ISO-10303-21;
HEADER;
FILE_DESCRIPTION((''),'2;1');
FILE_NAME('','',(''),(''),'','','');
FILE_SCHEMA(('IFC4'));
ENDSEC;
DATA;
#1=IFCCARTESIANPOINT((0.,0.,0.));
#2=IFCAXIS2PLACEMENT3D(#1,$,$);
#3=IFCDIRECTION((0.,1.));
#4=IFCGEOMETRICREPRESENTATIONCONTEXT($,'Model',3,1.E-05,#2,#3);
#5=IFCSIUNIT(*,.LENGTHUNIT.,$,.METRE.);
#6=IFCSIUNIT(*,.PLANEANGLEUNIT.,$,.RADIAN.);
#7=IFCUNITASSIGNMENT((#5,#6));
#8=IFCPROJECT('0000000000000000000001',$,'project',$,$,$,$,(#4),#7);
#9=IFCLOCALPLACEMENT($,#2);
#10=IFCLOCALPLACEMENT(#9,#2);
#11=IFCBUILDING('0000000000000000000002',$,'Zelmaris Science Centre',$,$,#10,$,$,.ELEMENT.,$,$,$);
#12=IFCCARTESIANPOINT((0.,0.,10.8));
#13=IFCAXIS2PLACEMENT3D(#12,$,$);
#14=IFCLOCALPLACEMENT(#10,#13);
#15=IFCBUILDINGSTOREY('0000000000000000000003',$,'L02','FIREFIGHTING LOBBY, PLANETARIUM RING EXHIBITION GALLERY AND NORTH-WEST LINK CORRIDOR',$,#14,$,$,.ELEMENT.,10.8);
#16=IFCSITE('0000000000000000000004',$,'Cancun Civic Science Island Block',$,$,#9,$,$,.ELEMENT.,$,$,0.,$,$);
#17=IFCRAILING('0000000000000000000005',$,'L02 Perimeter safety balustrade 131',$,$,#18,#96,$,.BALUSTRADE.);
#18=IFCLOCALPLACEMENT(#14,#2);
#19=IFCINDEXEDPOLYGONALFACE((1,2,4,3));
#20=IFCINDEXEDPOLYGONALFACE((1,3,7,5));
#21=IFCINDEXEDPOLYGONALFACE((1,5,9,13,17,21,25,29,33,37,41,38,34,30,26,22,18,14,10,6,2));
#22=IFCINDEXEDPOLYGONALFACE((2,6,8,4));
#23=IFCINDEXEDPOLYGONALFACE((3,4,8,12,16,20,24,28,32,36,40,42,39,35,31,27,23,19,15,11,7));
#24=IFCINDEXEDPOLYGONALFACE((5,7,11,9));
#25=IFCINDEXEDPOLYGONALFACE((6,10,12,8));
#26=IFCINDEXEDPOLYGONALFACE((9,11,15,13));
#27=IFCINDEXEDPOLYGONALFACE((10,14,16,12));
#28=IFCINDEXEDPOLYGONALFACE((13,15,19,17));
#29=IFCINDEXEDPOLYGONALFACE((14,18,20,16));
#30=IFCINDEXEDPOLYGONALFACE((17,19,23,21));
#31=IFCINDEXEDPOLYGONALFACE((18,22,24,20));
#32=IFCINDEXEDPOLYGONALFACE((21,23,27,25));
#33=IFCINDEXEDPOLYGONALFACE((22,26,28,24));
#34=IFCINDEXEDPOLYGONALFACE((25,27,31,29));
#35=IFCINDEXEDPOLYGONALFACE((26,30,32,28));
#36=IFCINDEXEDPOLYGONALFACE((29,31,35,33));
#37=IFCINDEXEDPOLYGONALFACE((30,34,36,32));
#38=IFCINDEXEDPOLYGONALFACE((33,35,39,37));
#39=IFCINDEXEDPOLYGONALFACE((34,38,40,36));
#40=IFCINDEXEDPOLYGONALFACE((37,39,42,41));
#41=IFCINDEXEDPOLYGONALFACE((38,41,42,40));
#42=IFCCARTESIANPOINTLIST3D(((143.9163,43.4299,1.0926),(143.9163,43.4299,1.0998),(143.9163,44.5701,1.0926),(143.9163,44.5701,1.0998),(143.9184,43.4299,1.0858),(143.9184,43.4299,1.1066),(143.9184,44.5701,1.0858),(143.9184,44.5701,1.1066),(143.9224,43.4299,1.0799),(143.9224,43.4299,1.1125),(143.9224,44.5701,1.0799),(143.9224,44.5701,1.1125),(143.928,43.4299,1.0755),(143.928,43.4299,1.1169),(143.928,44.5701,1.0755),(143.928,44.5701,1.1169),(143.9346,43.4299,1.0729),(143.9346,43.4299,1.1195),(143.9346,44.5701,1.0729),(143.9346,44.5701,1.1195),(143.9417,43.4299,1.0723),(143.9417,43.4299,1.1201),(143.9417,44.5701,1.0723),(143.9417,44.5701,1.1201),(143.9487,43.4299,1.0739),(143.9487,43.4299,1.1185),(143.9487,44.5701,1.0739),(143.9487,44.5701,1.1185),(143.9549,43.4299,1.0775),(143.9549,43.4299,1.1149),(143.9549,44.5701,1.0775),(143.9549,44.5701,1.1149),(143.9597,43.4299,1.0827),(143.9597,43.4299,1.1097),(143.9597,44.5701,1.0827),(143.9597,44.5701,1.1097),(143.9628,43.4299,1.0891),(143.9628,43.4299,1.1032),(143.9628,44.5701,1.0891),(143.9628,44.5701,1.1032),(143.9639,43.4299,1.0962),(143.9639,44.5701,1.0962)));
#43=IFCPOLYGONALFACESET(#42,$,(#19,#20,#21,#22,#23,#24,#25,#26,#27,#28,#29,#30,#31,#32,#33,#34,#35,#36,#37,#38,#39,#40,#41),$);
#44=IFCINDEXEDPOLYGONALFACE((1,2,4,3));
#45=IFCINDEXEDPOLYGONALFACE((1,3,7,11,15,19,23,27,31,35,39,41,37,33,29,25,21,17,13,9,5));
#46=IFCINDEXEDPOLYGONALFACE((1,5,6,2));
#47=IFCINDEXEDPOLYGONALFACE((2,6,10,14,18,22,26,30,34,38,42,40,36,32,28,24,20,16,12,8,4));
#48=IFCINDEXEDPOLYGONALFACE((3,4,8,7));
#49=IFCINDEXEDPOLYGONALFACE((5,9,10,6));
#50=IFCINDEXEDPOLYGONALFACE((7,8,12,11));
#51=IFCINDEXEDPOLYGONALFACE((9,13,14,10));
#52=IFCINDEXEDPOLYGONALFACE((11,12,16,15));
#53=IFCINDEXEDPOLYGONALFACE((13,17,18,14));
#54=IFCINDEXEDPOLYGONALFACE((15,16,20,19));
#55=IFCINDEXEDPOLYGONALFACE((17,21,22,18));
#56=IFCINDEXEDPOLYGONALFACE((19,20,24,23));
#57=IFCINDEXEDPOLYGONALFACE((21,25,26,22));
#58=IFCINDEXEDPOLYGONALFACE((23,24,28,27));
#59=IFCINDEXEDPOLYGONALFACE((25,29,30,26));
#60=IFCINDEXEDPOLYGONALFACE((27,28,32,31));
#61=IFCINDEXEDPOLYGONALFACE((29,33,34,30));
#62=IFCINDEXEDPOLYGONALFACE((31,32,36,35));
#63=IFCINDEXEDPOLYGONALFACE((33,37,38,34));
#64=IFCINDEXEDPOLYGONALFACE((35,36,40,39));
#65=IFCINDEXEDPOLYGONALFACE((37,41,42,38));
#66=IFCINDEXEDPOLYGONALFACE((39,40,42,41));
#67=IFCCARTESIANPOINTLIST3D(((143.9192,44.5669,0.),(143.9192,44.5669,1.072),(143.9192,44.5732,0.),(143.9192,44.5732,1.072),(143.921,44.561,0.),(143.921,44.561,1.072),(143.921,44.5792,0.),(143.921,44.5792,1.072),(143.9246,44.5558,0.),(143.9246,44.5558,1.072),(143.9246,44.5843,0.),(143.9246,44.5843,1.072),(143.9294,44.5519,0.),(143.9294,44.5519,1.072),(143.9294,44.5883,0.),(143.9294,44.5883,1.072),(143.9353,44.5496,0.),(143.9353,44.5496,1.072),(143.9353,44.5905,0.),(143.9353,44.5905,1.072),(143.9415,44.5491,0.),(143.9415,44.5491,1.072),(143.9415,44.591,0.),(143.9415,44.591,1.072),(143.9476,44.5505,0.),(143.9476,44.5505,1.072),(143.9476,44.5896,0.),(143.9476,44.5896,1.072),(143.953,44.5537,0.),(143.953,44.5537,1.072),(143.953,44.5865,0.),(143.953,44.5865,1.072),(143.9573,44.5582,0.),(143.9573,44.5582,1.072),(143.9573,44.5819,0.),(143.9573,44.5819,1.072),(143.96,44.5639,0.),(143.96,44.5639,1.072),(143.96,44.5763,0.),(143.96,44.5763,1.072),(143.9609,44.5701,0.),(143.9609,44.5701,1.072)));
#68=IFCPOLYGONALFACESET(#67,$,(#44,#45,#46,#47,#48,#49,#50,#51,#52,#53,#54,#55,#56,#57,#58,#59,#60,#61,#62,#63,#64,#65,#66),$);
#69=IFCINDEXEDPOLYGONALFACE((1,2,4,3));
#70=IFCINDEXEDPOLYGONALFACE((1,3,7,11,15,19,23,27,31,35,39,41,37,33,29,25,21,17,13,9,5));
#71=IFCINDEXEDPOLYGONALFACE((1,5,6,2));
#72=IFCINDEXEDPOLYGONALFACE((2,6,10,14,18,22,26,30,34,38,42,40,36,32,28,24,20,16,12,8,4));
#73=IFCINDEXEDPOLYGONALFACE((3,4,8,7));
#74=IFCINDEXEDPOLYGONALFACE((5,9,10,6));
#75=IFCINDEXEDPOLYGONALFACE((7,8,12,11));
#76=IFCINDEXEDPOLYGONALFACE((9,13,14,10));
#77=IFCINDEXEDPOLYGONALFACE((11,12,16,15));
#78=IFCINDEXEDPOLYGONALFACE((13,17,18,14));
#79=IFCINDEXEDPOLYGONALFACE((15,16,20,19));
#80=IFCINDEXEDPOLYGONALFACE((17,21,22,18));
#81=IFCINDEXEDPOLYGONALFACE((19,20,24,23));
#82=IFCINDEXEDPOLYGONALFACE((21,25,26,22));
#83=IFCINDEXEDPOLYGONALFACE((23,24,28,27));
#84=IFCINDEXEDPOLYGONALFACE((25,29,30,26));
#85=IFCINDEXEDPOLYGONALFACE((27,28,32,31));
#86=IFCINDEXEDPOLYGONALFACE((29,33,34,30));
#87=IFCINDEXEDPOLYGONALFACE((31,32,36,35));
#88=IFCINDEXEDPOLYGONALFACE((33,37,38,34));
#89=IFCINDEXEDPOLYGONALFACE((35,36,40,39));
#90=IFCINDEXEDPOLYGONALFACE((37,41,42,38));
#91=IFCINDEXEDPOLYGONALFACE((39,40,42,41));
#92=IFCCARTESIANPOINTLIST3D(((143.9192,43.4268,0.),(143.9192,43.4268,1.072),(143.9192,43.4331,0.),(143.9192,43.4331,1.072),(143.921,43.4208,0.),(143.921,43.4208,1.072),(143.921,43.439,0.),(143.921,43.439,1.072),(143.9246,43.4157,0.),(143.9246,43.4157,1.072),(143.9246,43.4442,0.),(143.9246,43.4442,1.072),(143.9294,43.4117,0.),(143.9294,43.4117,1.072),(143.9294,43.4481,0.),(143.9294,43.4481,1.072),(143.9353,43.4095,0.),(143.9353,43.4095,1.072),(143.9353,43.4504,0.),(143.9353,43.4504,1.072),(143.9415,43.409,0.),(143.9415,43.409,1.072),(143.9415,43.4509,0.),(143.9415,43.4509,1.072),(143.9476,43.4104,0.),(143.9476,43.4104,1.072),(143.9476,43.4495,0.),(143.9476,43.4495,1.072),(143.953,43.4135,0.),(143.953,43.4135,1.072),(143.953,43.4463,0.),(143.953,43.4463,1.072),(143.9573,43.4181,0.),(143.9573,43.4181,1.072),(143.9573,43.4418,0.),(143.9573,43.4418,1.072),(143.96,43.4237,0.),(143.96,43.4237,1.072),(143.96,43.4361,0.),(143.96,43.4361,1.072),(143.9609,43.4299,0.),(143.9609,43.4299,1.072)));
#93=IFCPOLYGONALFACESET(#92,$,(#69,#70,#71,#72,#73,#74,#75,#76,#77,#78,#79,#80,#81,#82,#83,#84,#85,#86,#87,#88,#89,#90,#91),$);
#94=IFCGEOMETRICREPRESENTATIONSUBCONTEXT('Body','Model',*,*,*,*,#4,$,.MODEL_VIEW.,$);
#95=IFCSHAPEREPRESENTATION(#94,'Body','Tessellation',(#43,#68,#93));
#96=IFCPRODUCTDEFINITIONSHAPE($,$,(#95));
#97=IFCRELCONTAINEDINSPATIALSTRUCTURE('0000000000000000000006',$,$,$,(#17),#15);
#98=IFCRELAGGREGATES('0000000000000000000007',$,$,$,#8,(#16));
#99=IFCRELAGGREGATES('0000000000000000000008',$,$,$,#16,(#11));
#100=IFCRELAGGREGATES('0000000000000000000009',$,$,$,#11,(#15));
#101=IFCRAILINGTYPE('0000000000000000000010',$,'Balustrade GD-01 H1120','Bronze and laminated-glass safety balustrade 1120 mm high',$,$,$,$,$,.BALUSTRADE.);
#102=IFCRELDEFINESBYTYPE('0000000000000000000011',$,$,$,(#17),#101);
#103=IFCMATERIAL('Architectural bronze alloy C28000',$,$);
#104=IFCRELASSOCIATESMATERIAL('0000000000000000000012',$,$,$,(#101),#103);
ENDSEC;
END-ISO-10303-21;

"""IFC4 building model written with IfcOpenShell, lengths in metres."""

from ifc_helpers import new_model, si_unit, direction, frame, origin, origin_2d, place, context, subcontext, project, spatial, circle, extrude, material, type_object, element, save


model = new_model("IFC4")

# Units and contexts
model_context = context("Model", 3, precision=1e-05, world=origin(), true_north=direction((0.0, 1.0)))
body_context = subcontext(model_context, "Body", "Model", "MODEL_VIEW")
ifc_project = project(units=[si_unit("LENGTHUNIT", "METRE"), si_unit("PLANEANGLEUNIT", "RADIAN")], contexts=[model_context])

# Site, building, storey
site_placement = place(None, origin())
site = spatial("IfcSite", under=ifc_project, at=site_placement, Name="Cancun Civic Science Island Block", CompositionType="ELEMENT", RefElevation=0.0)
building_placement = place(site_placement, origin())
building = spatial("IfcBuilding", under=site, at=building_placement, Name="Zelmaris Science Centre", CompositionType="ELEMENT")
storey_placement = place(building_placement, frame((0.0, 0.0, 10.8)))
storey = spatial("IfcBuildingStorey", under=building, at=storey_placement, Name="L02", Description="FIREFIGHTING LOBBY, PLANETARIUM RING EXHIBITION GALLERY AND NORTH-WEST LINK CORRIDOR", CompositionType="ELEMENT", Elevation=10.8)

# Railing
ifc_material_1 = material(Name="Architectural bronze alloy C28000")
railing_type = type_object("IfcRailingType", Name="Balustrade GD-01 H1120", Description="Bronze and laminated-glass safety balustrade 1120 mm high", PredefinedType="BALUSTRADE", material=ifc_material_1)
railing_placement = place(storey_placement, frame((143.9399, 44.5701, 0.0)))
element("IfcRailing", 1, at=railing_placement, inside=storey, type_object=railing_type, Name="L02 Perimeter safety balustrade 131", PredefinedType="BALUSTRADE", context=body_context, shape_type="SweptSolid", body=[
    extrude(circle(Radius=0.0239, at=origin_2d()), frame((0.0, 0.0, 1.0962), z_axis=(0.0, -1.0, 0.0), x_axis=(1.0, 0.0, 0.0)), (0.0, 0.0, 1.0), 1.1401),
    extrude(circle(Radius=0.021, at=origin_2d()), origin(), (0.0, 0.0, 1.0), 1.072),
    extrude(circle(Radius=0.021, at=origin_2d()), frame((0.0, -1.1401, 0.0)), (0.0, 0.0, 1.0), 1.072),
])

save(model, "model.ifc")
